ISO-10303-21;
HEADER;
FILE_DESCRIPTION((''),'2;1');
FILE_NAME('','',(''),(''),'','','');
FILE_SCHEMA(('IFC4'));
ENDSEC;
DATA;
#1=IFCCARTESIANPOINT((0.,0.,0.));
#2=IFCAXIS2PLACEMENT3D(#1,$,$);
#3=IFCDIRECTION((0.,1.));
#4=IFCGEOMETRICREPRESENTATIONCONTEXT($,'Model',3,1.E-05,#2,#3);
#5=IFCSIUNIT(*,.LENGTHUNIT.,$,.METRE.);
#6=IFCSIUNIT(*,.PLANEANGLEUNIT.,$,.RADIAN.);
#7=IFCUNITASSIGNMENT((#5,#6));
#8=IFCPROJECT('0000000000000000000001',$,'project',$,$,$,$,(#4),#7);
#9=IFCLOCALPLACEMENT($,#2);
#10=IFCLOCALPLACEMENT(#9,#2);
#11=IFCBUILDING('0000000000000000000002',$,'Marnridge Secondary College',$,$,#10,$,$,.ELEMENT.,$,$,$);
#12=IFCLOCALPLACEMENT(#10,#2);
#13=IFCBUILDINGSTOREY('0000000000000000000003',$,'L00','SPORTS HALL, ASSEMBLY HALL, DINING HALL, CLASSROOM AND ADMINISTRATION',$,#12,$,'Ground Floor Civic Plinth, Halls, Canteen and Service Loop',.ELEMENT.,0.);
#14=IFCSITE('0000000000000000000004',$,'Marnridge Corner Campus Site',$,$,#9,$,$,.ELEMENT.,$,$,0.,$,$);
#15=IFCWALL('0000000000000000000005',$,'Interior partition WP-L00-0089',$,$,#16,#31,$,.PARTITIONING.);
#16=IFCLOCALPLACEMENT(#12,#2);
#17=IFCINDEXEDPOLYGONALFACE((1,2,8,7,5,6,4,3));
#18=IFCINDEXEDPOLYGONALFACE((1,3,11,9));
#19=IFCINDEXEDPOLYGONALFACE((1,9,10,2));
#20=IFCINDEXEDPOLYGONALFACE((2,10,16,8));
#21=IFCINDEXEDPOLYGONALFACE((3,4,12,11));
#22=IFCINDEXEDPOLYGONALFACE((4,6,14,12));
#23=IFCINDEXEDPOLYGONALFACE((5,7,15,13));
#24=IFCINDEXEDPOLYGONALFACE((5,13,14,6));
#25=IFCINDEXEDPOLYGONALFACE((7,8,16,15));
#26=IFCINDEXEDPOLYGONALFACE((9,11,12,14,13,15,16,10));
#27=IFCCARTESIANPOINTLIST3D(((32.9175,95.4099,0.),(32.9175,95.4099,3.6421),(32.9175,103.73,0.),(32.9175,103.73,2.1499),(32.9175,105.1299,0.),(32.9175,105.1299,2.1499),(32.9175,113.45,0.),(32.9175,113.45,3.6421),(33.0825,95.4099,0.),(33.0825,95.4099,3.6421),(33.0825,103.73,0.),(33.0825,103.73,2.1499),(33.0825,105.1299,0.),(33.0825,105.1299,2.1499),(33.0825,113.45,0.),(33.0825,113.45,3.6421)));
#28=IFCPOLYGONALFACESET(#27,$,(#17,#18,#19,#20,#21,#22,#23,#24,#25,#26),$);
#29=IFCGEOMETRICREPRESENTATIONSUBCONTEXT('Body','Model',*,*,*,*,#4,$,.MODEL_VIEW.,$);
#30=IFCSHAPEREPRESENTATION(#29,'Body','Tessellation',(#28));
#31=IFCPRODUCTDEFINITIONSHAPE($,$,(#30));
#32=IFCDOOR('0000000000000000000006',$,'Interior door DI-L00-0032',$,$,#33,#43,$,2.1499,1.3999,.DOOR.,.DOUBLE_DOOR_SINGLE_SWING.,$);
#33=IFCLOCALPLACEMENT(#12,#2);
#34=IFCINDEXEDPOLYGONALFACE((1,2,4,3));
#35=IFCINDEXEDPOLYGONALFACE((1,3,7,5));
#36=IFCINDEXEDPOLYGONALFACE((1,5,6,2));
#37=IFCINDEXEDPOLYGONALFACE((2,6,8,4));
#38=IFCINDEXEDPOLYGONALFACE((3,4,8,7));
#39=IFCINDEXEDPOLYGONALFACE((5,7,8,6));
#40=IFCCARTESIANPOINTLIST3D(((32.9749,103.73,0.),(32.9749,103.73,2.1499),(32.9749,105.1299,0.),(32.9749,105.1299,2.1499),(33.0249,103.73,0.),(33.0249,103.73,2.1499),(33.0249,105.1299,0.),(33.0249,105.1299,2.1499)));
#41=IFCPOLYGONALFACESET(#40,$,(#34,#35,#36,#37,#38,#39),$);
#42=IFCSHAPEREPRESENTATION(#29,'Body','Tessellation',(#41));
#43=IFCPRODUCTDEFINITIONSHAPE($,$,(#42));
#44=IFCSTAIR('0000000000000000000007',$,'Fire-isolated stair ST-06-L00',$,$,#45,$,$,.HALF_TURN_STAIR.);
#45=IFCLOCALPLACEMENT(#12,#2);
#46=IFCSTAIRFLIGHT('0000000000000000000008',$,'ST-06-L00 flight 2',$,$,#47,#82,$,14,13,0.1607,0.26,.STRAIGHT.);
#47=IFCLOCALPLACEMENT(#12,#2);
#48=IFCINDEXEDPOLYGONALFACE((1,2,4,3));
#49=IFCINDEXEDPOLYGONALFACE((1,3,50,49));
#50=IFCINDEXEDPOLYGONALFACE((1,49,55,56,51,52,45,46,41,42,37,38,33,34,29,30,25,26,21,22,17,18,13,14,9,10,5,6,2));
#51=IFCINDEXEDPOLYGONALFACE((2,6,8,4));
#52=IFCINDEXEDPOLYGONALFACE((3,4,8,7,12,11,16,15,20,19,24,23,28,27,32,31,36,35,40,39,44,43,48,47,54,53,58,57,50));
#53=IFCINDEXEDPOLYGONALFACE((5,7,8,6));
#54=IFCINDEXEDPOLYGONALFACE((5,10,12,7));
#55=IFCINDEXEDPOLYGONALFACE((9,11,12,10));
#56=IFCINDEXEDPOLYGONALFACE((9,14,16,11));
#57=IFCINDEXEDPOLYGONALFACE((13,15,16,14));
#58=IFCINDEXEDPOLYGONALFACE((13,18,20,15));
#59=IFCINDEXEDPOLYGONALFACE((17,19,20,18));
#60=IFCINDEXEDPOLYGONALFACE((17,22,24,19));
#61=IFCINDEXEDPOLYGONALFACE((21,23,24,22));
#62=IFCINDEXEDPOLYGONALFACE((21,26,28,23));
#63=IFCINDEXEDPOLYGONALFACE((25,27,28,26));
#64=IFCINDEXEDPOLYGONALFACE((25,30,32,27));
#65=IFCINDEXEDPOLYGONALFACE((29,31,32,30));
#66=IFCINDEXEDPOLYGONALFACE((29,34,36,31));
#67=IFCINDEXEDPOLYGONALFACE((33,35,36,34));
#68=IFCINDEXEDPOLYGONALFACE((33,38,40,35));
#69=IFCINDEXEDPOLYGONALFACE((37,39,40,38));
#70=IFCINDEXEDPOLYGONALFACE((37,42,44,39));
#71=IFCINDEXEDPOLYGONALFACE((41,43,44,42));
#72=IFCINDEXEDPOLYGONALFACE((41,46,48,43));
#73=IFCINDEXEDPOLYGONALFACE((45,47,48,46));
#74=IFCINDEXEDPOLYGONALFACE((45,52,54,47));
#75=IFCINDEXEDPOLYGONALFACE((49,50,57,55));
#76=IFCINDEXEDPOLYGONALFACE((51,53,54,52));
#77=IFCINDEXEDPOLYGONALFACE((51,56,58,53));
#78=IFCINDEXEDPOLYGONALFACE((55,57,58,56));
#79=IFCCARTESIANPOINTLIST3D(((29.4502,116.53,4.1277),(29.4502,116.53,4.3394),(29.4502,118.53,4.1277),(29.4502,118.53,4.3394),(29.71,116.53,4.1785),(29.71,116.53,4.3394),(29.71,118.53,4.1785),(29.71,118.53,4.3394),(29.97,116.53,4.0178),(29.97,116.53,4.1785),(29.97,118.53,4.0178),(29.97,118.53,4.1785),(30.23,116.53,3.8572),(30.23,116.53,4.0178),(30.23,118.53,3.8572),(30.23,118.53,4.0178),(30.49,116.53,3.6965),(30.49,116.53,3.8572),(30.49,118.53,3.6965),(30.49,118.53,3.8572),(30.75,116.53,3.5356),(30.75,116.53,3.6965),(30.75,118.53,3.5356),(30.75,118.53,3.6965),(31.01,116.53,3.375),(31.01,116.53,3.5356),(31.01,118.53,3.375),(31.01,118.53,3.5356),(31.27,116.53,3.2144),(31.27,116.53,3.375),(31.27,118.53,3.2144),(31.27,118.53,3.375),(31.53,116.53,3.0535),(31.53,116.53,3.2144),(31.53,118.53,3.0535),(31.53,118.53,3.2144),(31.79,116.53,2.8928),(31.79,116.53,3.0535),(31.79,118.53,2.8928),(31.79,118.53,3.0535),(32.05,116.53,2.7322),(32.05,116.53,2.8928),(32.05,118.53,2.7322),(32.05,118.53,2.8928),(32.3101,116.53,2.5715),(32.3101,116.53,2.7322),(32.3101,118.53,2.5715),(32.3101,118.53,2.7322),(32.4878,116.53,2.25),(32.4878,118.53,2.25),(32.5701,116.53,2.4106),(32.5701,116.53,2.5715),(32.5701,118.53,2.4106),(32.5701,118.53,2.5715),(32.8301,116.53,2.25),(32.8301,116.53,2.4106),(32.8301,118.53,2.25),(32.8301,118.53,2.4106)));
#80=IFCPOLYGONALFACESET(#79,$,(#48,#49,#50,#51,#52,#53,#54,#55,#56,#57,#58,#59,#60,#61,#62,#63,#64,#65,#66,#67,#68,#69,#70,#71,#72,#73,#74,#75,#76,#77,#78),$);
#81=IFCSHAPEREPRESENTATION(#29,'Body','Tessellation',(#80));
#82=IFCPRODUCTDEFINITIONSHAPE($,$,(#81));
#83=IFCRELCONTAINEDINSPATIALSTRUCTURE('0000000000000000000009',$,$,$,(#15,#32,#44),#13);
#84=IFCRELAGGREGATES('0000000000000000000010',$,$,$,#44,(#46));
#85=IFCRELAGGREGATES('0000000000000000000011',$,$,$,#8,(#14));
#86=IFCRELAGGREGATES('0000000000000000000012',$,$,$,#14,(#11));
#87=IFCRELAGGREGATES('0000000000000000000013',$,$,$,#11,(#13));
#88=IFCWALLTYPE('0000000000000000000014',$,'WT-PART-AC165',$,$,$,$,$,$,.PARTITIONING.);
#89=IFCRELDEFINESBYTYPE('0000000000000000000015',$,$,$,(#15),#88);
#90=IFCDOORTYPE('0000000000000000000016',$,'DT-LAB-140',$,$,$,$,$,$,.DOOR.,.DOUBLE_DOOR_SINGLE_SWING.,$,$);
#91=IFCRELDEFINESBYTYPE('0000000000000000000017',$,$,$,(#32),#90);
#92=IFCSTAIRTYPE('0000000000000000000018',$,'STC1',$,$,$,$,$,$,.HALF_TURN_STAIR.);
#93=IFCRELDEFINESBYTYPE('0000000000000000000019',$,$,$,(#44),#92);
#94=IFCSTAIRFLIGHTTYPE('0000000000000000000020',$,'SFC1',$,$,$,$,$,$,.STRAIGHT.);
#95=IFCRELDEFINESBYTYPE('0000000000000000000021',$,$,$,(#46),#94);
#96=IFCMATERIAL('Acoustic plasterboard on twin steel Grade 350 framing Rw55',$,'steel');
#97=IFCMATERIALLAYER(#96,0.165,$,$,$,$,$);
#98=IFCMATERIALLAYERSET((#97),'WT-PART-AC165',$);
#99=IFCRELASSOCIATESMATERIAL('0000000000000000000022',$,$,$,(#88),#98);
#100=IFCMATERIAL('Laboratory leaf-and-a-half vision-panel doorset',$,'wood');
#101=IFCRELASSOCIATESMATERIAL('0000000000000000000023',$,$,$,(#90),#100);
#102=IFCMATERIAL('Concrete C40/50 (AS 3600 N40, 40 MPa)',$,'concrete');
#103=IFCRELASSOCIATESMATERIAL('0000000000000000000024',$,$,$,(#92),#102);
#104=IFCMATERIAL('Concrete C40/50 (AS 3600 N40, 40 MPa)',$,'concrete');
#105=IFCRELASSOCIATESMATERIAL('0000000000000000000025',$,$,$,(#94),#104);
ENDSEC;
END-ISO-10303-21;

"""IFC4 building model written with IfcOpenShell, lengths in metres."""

from ifc_helpers import new_model, si_unit, direction, frame, frame_2d, origin, place, context, subcontext, project, spatial, polyline, rectangle, outline, extrude, material, layer, layer_set, type_object, element, fill, aggregate, save


model = new_model("IFC4")

# Units and contexts
model_context = context("Model", 3, precision=1e-05, world=origin(), true_north=direction((0.0, 1.0)))
body_context = subcontext(model_context, "Body", "Model", "MODEL_VIEW")
ifc_project = project(units=[si_unit("LENGTHUNIT", "METRE"), si_unit("PLANEANGLEUNIT", "RADIAN")], contexts=[model_context])

# Site, building, storey
site_placement = place(None, origin())
site = spatial("IfcSite", under=ifc_project, at=site_placement, Name="Marnridge Corner Campus Site", CompositionType="ELEMENT", RefElevation=0.0)
building_placement = place(site_placement, origin())
building = spatial("IfcBuilding", under=site, at=building_placement, Name="Marnridge Secondary College", CompositionType="ELEMENT")
storey_placement = place(building_placement, origin())
storey = spatial("IfcBuildingStorey", under=building, at=storey_placement, Name="L00", Description="SPORTS HALL, ASSEMBLY HALL, DINING HALL, CLASSROOM AND ADMINISTRATION", LongName="Ground Floor Civic Plinth, Halls, Canteen and Service Loop", CompositionType="ELEMENT", Elevation=0.0)

# Wall, opening, door
ifc_material_1 = material(Name="Acoustic plasterboard on twin steel Grade 350 framing Rw55", Category="steel")
ifc_layer_1 = layer(ifc_material_1, 0.165)
ifc_layer_set_1 = layer_set([ifc_layer_1], Name="WT-PART-AC165")
wall_type_1 = type_object("IfcWallType", Name="WT-PART-AC165", PredefinedType="PARTITIONING", material=ifc_layer_set_1)
wall_1_placement = place(storey_placement, frame((33.0, 113.45, 0.0), z_axis=(0.0, 0.0, 1.0), x_axis=(0.0, -1.0, 0.0)))
wall_1 = element("IfcWall", 1, at=wall_1_placement, inside=storey, type_object=wall_type_1, Name="Interior partition WP-L00-0089", PredefinedType="PARTITIONING", context=body_context, shape_type="SweptSolid", body=[
    extrude(rectangle(XDim=18.04, YDim=0.165, at=frame_2d((9.02, 0.0))), origin(), (0.0, 0.0, 1.0), 3.6421),
])
opening_placement = place(wall_1_placement, frame((8.3201, 0.0, 0.0)))
opening = element("IfcOpeningElement", 2, at=opening_placement, cuts=wall_1, PredefinedType="OPENING", context=body_context, shape_type="SweptSolid", body=[
    extrude(rectangle(XDim=1.3999, YDim=2.1499, at=frame_2d((0.7, 1.075))), frame((0.0, 0.0925, 0.0), z_axis=(0.0, -1.0, 0.0), x_axis=(1.0, 0.0, 0.0)), (0.0, 0.0, 1.0), 0.1851),
])
ifc_material_2 = material(Name="Laboratory leaf-and-a-half vision-panel doorset", Category="wood")
door_type = type_object("IfcDoorType", Name="DT-LAB-140", OperationType="DOUBLE_DOOR_SINGLE_SWING", PredefinedType="DOOR", material=ifc_material_2)
door_placement = place(opening_placement, origin())
door = element("IfcDoor", 3, at=door_placement, inside=storey, type_object=door_type, Name="Interior door DI-L00-0032", OperationType="DOUBLE_DOOR_SINGLE_SWING", OverallHeight=2.1499, OverallWidth=1.3999, PredefinedType="DOOR", context=body_context, shape_type="SweptSolid", body=[
    extrude(rectangle(XDim=1.3999, YDim=2.1499, at=frame_2d((0.7, 1.075))), frame((0.0, 0.0249, 0.0), z_axis=(0.0, -1.0, 0.0), x_axis=(1.0, 0.0, 0.0)), (0.0, 0.0, 1.0), 0.05),
])
fill(opening, door)

# Stair, stair flight
ifc_material_3 = material(Name="Concrete C40/50 (AS 3600 N40, 40 MPa)", Category="concrete")
stair_type = type_object("IfcStairType", Name="STC1", PredefinedType="HALF_TURN_STAIR", material=ifc_material_3)
stair_placement = place(storey_placement, origin())
stair = element("IfcStair", 4, at=stair_placement, inside=storey, type_object=stair_type, Name="Fire-isolated stair ST-06-L00", PredefinedType="HALF_TURN_STAIR")
ifc_material_4 = material(Name="Concrete C40/50 (AS 3600 N40, 40 MPa)", Category="concrete")
stair_flight_type = type_object("IfcStairFlightType", Name="SFC1", PredefinedType="STRAIGHT", material=ifc_material_4)
stair_flight_placement = place(storey_placement, frame((32.8301, 117.53, 2.25), z_axis=(0.0, 0.0, 1.0), x_axis=(-1.0, 0.0, 0.0)))
stair_flight = element("IfcStairFlight", 5, at=stair_flight_placement, type_object=stair_flight_type, Name="ST-06-L00 flight 2", NumberOfRisers=14, NumberOfTreads=13, PredefinedType="STRAIGHT", RiserHeight=0.1607, TreadLength=0.26, context=body_context, shape_type="SweptSolid", body=[
    extrude(outline(polyline([(0.0, 0.0), (0.0, 0.1606), (0.26, 0.1606), (0.26, 0.3215), (0.52, 0.3215), (0.52, 0.4822), (0.78, 0.4822), (0.78, 0.6428), (1.04, 0.6428), (1.04, 0.8035), (1.3, 0.8035), (1.3, 0.9644), (1.5601, 0.9644), (1.5601, 1.125), (1.8201, 1.125), (1.8201, 1.2856), (2.0801, 1.2856), (2.0801, 1.4465), (2.3401, 1.4465), (2.3401, 1.6072), (2.6001, 1.6072), (2.6001, 1.7678), (2.8601, 1.7678), (2.8601, 1.9285), (3.1201, 1.9285), (3.1201, 2.0894), (3.3799, 2.0894), (3.3799, 2.25), (3.3799, 1.8777), (0.3423, 0.0), (0.0, 0.0)])), frame((0.0, 1.0, 0.0), z_axis=(0.0, -1.0, 0.0), x_axis=(1.0, 0.0, 0.0)), (0.0, 0.0, 1.0), 2.0),
])
aggregate(stair, [stair_flight])

save(model, "model.ifc")
